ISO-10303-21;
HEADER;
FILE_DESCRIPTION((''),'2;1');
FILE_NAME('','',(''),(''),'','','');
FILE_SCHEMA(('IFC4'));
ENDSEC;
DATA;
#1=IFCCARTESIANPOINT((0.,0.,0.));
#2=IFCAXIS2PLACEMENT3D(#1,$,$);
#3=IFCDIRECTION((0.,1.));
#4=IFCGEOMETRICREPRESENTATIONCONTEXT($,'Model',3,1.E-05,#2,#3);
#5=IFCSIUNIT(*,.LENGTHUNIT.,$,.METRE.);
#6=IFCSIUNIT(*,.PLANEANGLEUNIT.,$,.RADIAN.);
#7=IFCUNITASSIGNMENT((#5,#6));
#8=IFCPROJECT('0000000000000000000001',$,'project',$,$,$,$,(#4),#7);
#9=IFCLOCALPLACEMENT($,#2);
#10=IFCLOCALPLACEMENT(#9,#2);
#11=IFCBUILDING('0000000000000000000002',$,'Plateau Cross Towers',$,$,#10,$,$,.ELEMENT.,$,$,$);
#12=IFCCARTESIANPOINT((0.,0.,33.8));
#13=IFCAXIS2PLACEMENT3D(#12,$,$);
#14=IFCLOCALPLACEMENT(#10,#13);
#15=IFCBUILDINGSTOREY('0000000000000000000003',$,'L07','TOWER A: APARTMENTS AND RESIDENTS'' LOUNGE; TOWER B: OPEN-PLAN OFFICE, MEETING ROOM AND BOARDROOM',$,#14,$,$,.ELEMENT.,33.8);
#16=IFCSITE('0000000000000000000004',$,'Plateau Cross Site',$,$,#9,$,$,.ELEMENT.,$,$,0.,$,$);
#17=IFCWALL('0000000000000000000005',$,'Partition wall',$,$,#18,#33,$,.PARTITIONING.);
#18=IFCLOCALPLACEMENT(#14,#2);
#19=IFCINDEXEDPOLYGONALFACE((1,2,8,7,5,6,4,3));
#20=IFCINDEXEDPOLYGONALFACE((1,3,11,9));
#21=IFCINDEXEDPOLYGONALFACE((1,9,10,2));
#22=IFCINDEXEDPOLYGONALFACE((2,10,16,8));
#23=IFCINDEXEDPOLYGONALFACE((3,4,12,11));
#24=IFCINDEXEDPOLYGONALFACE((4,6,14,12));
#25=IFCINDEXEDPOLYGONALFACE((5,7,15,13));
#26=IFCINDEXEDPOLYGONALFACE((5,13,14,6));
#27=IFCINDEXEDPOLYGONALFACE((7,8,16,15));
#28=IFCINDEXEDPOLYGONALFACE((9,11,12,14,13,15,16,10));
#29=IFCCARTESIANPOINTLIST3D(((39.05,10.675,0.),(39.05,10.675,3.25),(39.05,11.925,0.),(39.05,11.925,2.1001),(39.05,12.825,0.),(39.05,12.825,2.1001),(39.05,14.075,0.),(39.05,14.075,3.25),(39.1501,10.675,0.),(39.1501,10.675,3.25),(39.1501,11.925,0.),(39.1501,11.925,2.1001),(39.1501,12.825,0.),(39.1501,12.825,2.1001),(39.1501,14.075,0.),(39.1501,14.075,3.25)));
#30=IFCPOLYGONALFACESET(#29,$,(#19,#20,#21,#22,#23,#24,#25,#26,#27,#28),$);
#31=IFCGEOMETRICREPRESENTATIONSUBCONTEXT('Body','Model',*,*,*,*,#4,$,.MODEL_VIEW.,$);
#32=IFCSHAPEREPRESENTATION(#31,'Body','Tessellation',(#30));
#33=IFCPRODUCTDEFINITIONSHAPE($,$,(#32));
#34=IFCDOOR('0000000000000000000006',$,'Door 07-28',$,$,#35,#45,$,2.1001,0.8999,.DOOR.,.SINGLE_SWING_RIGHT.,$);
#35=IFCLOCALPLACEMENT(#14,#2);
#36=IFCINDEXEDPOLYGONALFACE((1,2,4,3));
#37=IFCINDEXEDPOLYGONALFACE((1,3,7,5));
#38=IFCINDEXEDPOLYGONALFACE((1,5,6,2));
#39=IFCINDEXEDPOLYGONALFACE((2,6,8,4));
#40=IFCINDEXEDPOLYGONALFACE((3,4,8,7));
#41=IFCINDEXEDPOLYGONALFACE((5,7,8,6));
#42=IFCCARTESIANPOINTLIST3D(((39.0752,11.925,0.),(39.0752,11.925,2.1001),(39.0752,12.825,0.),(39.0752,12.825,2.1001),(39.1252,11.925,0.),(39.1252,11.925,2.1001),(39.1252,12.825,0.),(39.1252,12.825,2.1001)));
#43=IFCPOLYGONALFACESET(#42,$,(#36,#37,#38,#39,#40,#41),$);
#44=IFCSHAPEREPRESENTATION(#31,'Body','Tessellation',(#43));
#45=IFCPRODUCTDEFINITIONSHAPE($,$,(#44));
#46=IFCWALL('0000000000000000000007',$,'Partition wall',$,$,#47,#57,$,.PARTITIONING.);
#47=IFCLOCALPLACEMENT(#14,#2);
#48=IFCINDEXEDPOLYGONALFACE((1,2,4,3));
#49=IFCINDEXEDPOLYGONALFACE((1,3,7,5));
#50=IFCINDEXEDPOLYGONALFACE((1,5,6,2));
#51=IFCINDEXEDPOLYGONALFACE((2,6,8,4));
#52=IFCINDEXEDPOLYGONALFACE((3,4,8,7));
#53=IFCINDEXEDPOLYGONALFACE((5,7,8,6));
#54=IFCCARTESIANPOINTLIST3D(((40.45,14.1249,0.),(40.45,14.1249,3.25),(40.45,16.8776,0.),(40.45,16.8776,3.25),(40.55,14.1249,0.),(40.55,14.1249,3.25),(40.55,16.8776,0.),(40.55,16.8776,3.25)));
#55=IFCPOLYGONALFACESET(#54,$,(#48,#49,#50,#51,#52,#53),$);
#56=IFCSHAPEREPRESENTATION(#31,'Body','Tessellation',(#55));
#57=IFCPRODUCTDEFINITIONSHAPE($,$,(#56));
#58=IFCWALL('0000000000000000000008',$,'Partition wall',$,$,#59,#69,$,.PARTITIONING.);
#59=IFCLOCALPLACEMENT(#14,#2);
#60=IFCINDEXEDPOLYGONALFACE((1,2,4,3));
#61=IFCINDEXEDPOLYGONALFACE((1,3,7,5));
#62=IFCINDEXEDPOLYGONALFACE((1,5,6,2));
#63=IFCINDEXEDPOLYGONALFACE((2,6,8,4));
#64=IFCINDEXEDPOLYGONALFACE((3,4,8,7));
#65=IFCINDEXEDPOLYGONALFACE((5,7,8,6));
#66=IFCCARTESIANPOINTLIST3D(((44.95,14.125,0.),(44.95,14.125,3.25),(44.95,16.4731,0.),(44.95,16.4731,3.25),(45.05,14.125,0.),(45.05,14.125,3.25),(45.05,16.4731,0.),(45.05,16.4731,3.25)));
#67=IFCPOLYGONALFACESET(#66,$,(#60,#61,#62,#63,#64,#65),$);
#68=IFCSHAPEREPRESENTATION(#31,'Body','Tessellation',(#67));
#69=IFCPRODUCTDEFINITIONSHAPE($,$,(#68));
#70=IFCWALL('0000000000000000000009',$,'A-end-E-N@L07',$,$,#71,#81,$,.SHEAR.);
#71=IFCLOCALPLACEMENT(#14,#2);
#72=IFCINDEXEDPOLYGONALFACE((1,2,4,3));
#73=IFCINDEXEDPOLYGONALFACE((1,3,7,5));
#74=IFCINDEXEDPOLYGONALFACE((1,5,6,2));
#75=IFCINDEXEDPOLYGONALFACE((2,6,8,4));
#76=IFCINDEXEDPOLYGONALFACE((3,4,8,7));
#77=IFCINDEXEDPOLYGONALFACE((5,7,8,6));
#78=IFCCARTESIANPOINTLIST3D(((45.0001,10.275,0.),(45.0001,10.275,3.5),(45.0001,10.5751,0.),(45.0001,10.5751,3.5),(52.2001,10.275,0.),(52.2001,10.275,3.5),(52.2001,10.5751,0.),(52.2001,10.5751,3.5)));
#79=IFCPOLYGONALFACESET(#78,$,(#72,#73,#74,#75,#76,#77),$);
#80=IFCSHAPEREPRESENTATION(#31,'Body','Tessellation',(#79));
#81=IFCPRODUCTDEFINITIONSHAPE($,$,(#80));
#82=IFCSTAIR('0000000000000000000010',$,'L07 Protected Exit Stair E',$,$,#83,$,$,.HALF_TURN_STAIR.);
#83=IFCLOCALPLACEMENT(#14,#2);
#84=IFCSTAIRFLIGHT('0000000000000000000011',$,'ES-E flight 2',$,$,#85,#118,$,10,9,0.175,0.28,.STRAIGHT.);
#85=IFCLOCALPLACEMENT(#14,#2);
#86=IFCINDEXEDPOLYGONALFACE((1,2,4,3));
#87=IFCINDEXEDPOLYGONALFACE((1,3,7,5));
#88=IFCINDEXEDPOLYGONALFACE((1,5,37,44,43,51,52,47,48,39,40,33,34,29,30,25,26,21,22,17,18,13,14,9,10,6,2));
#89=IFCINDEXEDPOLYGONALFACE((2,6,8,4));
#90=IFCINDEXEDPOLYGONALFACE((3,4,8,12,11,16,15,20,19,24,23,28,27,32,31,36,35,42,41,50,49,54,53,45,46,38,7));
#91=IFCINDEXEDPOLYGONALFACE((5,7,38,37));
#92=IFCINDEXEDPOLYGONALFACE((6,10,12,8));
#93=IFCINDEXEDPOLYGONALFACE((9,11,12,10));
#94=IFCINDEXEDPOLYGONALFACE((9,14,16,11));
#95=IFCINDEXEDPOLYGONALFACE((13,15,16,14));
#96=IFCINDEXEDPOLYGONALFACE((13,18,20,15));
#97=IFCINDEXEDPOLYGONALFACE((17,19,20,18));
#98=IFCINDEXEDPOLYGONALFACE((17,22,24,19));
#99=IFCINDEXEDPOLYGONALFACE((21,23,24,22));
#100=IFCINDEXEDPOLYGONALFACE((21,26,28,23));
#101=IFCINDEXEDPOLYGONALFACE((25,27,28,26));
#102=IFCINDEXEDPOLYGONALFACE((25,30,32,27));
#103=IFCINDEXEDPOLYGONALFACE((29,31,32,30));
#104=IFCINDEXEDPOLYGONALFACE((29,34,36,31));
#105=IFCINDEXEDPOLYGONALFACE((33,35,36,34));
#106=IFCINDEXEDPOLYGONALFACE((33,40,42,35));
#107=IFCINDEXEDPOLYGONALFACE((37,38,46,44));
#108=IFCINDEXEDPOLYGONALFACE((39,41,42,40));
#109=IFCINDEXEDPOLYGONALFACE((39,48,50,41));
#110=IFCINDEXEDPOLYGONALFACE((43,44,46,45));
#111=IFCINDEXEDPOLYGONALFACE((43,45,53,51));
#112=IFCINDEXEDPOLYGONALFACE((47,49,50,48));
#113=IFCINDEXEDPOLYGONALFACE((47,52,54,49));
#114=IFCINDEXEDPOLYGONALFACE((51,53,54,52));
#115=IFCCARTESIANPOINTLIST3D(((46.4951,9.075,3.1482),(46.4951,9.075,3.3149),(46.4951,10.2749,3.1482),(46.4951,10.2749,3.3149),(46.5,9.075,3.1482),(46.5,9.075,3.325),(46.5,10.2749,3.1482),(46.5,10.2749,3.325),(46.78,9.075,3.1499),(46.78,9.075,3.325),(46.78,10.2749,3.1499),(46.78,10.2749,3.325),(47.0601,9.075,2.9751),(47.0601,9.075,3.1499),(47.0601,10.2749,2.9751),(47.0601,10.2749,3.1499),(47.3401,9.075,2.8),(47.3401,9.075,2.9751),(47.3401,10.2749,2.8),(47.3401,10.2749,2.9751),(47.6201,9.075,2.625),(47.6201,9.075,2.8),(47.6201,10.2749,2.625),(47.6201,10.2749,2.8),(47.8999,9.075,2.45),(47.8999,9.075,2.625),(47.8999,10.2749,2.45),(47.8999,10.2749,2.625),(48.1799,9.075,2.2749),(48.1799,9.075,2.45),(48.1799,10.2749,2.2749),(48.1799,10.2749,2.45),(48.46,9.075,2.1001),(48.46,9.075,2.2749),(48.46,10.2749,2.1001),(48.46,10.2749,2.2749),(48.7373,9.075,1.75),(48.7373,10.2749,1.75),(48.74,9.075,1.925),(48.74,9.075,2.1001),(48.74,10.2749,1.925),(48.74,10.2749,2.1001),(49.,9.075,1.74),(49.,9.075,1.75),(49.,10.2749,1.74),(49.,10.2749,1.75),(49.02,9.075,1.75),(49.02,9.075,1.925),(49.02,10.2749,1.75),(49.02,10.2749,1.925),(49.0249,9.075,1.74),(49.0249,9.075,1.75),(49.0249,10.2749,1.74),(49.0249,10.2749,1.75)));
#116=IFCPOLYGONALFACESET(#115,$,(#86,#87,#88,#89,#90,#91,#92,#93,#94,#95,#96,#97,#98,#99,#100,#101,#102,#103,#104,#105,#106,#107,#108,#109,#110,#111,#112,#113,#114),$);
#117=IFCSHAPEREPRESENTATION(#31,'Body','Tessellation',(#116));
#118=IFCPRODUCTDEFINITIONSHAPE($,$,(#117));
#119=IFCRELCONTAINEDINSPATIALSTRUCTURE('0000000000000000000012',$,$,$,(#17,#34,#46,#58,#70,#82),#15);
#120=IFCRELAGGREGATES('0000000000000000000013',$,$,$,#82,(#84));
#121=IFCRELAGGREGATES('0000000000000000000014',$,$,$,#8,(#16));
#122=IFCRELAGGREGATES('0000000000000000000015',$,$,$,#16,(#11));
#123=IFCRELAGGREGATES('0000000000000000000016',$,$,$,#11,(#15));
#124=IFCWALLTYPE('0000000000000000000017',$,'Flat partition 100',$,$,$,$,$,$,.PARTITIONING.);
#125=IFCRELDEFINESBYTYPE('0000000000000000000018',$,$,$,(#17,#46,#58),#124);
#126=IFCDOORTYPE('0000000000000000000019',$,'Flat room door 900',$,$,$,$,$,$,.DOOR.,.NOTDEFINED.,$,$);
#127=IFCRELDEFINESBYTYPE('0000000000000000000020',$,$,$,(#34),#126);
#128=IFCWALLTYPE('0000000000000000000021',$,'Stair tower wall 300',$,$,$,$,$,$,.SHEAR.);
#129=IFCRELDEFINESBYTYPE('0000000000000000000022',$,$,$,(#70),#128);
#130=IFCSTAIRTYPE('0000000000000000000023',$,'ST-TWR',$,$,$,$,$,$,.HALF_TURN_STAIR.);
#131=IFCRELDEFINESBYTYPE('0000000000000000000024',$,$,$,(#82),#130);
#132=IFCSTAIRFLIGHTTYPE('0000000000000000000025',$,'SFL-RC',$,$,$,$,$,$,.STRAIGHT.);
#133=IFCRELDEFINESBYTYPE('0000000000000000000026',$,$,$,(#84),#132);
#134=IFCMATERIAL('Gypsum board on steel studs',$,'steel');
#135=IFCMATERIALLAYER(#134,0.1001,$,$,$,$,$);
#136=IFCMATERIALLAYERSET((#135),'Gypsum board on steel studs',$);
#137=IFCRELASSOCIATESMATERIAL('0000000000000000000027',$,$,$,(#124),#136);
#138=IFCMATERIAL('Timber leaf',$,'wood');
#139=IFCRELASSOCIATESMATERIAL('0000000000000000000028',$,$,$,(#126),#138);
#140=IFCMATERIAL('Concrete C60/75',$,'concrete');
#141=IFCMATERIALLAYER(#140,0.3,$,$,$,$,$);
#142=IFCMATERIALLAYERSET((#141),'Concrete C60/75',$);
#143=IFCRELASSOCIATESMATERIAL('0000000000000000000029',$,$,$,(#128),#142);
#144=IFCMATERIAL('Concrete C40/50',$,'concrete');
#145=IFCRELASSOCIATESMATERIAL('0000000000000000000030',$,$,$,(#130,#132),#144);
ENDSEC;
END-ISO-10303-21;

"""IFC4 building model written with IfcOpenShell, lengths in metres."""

from ifc_helpers import new_model, si_unit, direction, frame, frame_2d, origin, place, context, subcontext, project, spatial, polyline, rectangle, outline, extrude, material, layer, layer_set, type_object, element, fill, aggregate, save


model = new_model("IFC4")

# Units and contexts
model_context = context("Model", 3, precision=1e-05, world=origin(), true_north=direction((0.0, 1.0)))
body_context = subcontext(model_context, "Body", "Model", "MODEL_VIEW")
ifc_project = project(units=[si_unit("LENGTHUNIT", "METRE"), si_unit("PLANEANGLEUNIT", "RADIAN")], contexts=[model_context])

# Site, building, storey
site_placement = place(None, origin())
site = spatial("IfcSite", under=ifc_project, at=site_placement, Name="Plateau Cross Site", CompositionType="ELEMENT", RefElevation=0.0)
building_placement = place(site_placement, origin())
building = spatial("IfcBuilding", under=site, at=building_placement, Name="Plateau Cross Towers", CompositionType="ELEMENT")
storey_placement = place(building_placement, frame((0.0, 0.0, 33.8)))
storey = spatial("IfcBuildingStorey", under=building, at=storey_placement, Name="L07", Description="TOWER A: APARTMENTS AND RESIDENTS' LOUNGE; TOWER B: OPEN-PLAN OFFICE, MEETING ROOM AND BOARDROOM", CompositionType="ELEMENT", Elevation=33.8)

# Shared definitions
ifc_material_1 = material(Name="Gypsum board on steel studs", Category="steel")
ifc_layer_1 = layer(ifc_material_1, 0.1001)
ifc_layer_set_1 = layer_set([ifc_layer_1], Name="Gypsum board on steel studs")
wall_type_1 = type_object("IfcWallType", Name="Flat partition 100", PredefinedType="PARTITIONING", material=ifc_layer_set_1)
ifc_material_2 = material(Name="Timber leaf", Category="wood")
door_type = type_object("IfcDoorType", Name="Flat room door 900", OperationType="NOTDEFINED", PredefinedType="DOOR", material=ifc_material_2)

# Wall, opening, door
wall_1_placement = place(storey_placement, frame((39.1001, 10.675, 0.0), z_axis=(0.0, 0.0, 1.0), x_axis=(0.0, 1.0, 0.0)))
wall_1 = element("IfcWall", 1, at=wall_1_placement, inside=storey, type_object=wall_type_1, Name="Partition wall", PredefinedType="PARTITIONING", context=body_context, shape_type="SweptSolid", body=[
    extrude(rectangle(XDim=3.3999, YDim=0.1001, at=frame_2d((1.7, 0.0))), origin(), (0.0, 0.0, 1.0), 3.25),
])
opening_1_placement = place(wall_1_placement, frame((1.25, 0.0, 0.0)))
opening_1 = element("IfcOpeningElement", 2, at=opening_1_placement, cuts=wall_1, PredefinedType="OPENING", context=body_context, shape_type="SweptSolid", body=[
    extrude(rectangle(XDim=0.8999, YDim=2.1001, at=frame_2d((0.45, 1.05))), frame((0.0, 0.0601, 0.0), z_axis=(0.0, -1.0, 0.0), x_axis=(1.0, 0.0, 0.0)), (0.0, 0.0, 1.0), 0.1201),
])
door_1_placement = place(opening_1_placement, origin())
door_1 = element("IfcDoor", 3, at=door_1_placement, inside=storey, type_object=door_type, Name="Door 07-28", OperationType="SINGLE_SWING_RIGHT", OverallHeight=2.1001, OverallWidth=0.8999, PredefinedType="DOOR", context=body_context, shape_type="SweptSolid", body=[
    extrude(rectangle(XDim=0.8999, YDim=2.1001, at=frame_2d((0.45, 1.05))), frame((0.0, 0.0249, 0.0), z_axis=(0.0, -1.0, 0.0), x_axis=(1.0, 0.0, 0.0)), (0.0, 0.0, 1.0), 0.05),
])
fill(opening_1, door_1)

# Walls
wall_2_placement = place(storey_placement, frame((40.5, 16.8777, 0.0), z_axis=(0.0, 0.0, 1.0), x_axis=(0.0, -1.0, 0.0)))
element("IfcWall", 4, at=wall_2_placement, inside=storey, type_object=wall_type_1, Name="Partition wall", PredefinedType="PARTITIONING", context=body_context, shape_type="SweptSolid", body=[
    extrude(rectangle(XDim=2.7527, YDim=0.1001, at=frame_2d((1.3765, 0.0))), origin(), (0.0, 0.0, 1.0), 3.25),
])
wall_3_placement = place(storey_placement, frame((45.0, 14.125, 0.0), z_axis=(0.0, 0.0, 1.0), x_axis=(0.0, 1.0, 0.0)))
element("IfcWall", 5, at=wall_3_placement, inside=storey, type_object=wall_type_1, Name="Partition wall", PredefinedType="PARTITIONING", context=body_context, shape_type="SweptSolid", body=[
    extrude(rectangle(XDim=2.3481, YDim=0.1001, at=frame_2d((1.1741, 0.0))), origin(), (0.0, 0.0, 1.0), 3.25),
])
ifc_material_3 = material(Name="Concrete C60/75", Category="concrete")
ifc_layer_2 = layer(ifc_material_3, 0.3)
ifc_layer_set_2 = layer_set([ifc_layer_2], Name="Concrete C60/75")
wall_type_2 = type_object("IfcWallType", Name="Stair tower wall 300", PredefinedType="SHEAR", material=ifc_layer_set_2)
wall_4_placement = place(storey_placement, frame((45.0, 10.425, 0.0), z_axis=(0.0, 0.0, 1.0), x_axis=(1.0, 0.0, 0.0)))
element("IfcWall", 6, at=wall_4_placement, inside=storey, type_object=wall_type_2, Name="A-end-E-N@L07", PredefinedType="SHEAR", context=body_context, shape_type="SweptSolid", body=[
    extrude(rectangle(XDim=7.2, YDim=0.3, at=frame_2d((3.6001, 0.0))), origin(), (0.0, 0.0, 1.0), 3.5),
])

# Stair, stair flight
ifc_material_4 = material(Name="Concrete C40/50", Category="concrete")
stair_type = type_object("IfcStairType", Name="ST-TWR", PredefinedType="HALF_TURN_STAIR", material=ifc_material_4)
stair_placement = place(storey_placement, origin())
stair = element("IfcStair", 7, at=stair_placement, inside=storey, type_object=stair_type, Name="L07 Protected Exit Stair E", PredefinedType="HALF_TURN_STAIR")
stair_flight_type = type_object("IfcStairFlightType", Name="SFL-RC", PredefinedType="STRAIGHT", material=ifc_material_4)
stair_flight_placement = place(storey_placement, frame((49.02, 9.675, 1.75), z_axis=(0.0, 0.0, 1.0), x_axis=(-1.0, 0.0, 0.0)))
stair_flight = element("IfcStairFlight", 8, at=stair_flight_placement, type_object=stair_flight_type, Name="ES-E flight 2", NumberOfRisers=10, NumberOfTreads=9, PredefinedType="STRAIGHT", RiserHeight=0.175, TreadLength=0.28, context=body_context, shape_type="SweptSolid", body=[
    extrude(outline(polyline([(-0.0049, -0.01), (-0.0049, 0.0), (0.0, 0.0), (0.0, 0.175), (0.28, 0.175), (0.28, 0.3501), (0.5601, 0.3501), (0.5601, 0.5249), (0.8401, 0.5249), (0.8401, 0.7), (1.1201, 0.7), (1.1201, 0.875), (1.3999, 0.875), (1.3999, 1.05), (1.6799, 1.05), (1.6799, 1.2251), (1.96, 1.2251), (1.96, 1.3999), (2.24, 1.3999), (2.24, 1.575), (2.52, 1.575), (2.5249, 1.5649), (2.5249, 1.3982), (2.52, 1.3982), (0.2827, 0.0), (0.02, 0.0), (0.02, -0.01), (-0.0049, -0.01)])), frame((0.0, 0.6001, 0.0), z_axis=(0.0, -1.0, 0.0), x_axis=(1.0, 0.0, 0.0)), (0.0, 0.0, 1.0), 1.2),
])
aggregate(stair, [stair_flight])

save(model, "model.ifc")
